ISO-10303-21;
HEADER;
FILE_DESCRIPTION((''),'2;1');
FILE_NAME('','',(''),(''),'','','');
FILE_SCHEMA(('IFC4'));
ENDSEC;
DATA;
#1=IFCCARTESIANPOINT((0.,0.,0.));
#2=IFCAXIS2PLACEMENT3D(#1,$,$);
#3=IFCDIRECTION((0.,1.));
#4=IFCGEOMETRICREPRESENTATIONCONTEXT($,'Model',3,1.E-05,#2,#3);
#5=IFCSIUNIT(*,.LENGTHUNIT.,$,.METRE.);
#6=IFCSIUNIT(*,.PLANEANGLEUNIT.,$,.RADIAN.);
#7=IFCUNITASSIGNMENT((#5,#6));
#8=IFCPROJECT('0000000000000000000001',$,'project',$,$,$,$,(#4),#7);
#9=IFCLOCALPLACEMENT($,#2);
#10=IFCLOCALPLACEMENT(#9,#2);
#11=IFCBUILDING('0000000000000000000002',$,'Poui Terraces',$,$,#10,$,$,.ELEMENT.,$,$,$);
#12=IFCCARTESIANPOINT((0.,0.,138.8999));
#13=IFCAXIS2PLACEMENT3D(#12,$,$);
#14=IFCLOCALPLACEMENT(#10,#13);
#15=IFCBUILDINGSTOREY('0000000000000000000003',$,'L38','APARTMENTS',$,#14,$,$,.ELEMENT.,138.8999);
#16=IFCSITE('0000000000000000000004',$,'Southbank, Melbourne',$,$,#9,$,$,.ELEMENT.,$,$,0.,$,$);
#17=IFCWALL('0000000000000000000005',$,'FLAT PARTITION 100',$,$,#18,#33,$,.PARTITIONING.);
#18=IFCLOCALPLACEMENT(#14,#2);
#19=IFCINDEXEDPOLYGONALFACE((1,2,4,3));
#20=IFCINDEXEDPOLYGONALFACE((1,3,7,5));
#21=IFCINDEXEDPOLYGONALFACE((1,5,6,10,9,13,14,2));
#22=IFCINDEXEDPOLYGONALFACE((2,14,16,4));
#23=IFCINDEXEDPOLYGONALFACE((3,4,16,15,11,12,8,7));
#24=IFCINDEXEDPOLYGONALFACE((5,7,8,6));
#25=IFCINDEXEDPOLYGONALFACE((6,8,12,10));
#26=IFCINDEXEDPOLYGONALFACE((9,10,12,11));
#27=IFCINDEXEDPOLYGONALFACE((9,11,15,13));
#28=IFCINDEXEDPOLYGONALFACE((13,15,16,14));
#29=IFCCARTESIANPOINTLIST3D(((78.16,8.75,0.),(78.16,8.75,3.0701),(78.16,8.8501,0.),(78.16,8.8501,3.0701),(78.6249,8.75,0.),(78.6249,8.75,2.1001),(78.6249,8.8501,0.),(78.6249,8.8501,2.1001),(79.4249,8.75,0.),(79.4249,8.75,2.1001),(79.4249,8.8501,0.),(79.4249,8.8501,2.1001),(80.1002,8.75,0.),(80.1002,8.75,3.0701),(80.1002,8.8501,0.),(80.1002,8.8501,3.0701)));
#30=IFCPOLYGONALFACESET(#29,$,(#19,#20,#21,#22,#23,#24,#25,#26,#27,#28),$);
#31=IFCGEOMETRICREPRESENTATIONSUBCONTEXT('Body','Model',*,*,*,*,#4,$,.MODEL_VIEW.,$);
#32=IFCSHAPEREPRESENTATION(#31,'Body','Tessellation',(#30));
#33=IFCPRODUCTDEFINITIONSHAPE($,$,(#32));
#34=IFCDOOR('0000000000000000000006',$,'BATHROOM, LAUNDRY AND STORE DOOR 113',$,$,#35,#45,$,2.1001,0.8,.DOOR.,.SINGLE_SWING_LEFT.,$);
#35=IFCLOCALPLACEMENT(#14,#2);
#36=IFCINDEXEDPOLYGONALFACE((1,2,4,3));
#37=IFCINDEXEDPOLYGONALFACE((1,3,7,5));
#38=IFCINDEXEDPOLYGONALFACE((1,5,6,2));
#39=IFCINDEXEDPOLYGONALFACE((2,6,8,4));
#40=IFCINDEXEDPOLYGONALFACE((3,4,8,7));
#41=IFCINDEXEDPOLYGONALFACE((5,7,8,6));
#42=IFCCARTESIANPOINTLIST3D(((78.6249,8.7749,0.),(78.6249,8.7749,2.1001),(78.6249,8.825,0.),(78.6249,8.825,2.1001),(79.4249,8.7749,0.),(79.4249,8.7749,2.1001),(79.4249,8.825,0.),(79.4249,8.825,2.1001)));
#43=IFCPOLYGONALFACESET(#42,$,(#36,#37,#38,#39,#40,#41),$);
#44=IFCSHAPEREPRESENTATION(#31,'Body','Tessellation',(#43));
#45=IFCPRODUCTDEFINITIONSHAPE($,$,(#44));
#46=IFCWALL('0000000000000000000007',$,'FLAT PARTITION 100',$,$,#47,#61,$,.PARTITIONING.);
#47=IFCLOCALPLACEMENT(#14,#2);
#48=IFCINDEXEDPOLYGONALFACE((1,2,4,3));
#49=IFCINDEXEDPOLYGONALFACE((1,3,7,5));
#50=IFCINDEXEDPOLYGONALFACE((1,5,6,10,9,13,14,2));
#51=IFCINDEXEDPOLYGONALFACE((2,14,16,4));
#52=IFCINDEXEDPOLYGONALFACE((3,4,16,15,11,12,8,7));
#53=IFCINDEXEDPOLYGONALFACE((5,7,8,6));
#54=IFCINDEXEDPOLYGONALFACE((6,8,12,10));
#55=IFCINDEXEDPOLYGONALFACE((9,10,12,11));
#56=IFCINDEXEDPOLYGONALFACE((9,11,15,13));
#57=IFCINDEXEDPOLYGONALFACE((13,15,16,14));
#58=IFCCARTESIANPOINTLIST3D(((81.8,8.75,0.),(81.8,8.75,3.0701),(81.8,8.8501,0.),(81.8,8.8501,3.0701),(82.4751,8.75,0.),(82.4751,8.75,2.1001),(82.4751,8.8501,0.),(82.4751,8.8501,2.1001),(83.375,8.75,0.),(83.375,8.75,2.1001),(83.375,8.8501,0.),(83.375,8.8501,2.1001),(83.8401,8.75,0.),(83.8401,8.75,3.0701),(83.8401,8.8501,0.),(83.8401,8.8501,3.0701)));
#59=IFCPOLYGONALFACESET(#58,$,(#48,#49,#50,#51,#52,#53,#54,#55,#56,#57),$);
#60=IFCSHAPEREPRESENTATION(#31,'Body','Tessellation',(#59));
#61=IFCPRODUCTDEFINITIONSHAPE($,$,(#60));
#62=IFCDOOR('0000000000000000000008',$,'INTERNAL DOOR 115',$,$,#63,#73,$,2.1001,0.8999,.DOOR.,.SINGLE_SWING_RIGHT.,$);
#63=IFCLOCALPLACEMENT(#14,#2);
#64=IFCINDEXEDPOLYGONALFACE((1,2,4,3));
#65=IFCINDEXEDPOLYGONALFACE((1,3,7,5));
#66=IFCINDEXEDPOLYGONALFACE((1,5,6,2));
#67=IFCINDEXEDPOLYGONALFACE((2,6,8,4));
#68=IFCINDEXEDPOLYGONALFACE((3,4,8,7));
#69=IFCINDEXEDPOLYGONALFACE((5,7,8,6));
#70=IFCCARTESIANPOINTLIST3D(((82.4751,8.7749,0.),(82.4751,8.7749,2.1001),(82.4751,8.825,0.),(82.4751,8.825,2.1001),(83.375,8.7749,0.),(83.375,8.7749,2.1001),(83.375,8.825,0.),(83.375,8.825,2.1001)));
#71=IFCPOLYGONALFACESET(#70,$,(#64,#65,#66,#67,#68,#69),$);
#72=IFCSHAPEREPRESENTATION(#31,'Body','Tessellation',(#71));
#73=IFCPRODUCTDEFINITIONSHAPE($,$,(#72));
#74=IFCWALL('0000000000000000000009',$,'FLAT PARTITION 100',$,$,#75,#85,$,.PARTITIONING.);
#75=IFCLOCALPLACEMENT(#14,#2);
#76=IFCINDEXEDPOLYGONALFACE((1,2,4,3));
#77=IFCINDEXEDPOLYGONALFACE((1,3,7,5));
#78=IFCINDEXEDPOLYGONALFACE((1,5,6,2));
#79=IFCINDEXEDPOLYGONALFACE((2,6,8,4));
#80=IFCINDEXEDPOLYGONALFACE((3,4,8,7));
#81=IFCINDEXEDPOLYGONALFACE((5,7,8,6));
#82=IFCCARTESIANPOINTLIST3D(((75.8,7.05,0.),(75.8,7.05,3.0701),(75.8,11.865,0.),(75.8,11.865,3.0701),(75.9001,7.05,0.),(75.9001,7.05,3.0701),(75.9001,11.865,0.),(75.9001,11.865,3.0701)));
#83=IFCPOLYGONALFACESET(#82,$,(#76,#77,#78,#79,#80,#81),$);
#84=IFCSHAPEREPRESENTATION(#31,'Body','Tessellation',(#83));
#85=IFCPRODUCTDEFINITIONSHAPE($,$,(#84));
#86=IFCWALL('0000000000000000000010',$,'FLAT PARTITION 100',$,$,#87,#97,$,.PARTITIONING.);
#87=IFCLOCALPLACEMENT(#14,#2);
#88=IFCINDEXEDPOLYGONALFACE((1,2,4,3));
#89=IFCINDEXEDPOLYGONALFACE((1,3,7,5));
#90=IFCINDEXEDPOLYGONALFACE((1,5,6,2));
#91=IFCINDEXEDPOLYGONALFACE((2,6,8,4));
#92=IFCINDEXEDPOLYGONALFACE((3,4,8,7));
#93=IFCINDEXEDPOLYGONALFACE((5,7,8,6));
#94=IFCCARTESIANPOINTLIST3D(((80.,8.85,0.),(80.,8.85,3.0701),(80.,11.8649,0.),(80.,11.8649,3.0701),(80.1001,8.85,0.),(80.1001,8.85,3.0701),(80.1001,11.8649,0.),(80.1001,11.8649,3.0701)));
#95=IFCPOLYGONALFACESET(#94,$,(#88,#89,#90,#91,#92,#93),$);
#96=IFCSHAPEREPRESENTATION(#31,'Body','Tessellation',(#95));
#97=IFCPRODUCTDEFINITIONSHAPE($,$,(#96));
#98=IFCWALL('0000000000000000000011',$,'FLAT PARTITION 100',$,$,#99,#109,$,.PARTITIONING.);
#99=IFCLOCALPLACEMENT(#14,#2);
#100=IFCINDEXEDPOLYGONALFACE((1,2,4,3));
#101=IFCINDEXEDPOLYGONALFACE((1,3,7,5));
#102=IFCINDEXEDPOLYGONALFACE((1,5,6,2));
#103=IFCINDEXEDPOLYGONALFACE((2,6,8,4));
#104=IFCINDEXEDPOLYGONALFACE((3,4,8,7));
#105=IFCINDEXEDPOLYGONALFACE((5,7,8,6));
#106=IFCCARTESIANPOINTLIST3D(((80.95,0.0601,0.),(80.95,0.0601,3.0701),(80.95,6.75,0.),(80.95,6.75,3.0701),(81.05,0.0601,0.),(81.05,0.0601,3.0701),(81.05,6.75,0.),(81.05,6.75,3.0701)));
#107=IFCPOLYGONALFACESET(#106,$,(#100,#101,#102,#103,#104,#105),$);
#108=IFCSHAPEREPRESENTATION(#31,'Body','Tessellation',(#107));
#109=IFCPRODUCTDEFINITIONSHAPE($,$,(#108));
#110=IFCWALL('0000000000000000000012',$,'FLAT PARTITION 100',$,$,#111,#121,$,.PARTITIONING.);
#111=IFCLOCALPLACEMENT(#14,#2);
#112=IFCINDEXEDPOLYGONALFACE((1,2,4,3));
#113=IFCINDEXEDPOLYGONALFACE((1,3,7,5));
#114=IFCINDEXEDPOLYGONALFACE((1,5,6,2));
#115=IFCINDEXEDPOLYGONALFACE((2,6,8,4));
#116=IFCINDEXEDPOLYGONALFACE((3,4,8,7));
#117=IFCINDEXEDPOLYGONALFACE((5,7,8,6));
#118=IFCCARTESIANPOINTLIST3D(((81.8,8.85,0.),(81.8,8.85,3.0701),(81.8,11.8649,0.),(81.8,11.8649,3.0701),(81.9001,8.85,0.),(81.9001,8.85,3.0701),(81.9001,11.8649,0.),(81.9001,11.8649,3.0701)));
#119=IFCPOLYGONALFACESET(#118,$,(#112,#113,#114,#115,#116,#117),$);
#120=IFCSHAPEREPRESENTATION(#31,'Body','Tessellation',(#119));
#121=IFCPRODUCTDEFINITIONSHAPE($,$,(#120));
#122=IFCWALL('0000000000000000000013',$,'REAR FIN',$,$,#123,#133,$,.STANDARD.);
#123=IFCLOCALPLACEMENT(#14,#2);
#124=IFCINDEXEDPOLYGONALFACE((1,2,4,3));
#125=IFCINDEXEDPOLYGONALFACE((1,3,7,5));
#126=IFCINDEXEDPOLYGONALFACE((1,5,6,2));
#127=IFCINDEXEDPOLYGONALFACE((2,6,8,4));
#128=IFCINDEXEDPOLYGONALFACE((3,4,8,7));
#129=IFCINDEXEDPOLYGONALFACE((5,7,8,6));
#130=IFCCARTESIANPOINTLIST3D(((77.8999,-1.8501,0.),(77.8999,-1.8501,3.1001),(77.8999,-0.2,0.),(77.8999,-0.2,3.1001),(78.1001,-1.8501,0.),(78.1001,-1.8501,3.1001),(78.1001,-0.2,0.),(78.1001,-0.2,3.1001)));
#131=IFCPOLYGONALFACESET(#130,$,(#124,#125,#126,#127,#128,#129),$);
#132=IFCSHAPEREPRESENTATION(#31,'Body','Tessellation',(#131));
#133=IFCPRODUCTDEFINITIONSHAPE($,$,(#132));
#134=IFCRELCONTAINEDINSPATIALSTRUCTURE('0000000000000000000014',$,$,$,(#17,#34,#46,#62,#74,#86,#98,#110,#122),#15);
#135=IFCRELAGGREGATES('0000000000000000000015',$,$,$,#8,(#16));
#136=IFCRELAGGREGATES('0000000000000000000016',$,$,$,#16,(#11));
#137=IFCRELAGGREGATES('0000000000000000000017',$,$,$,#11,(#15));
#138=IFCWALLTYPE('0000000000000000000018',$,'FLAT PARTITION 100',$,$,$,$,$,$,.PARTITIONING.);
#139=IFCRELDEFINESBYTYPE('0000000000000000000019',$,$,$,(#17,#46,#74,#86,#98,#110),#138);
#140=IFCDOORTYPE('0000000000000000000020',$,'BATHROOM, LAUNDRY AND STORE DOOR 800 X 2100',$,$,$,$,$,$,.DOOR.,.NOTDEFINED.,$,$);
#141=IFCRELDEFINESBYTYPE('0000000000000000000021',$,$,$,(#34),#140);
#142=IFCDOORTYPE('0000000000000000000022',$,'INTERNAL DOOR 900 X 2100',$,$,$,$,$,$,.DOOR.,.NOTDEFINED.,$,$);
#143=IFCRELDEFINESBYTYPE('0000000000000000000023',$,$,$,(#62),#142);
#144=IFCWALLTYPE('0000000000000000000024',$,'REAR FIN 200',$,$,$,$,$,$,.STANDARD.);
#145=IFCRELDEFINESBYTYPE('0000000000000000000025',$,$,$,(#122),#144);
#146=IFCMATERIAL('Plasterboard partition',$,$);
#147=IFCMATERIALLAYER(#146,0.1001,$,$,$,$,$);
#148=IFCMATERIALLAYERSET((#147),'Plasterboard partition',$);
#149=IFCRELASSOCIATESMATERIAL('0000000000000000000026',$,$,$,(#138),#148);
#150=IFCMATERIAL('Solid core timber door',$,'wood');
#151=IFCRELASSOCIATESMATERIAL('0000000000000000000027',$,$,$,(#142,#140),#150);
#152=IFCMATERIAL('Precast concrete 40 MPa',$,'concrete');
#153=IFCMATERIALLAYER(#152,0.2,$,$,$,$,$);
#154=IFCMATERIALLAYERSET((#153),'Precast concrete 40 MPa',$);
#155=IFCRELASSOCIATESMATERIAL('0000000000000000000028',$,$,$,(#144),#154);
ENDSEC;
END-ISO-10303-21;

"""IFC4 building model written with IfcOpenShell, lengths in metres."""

from ifc_helpers import new_model, si_unit, direction, frame, frame_2d, origin, place, context, subcontext, project, spatial, polyline, rectangle, outline, extrude, source, transform, mapped, material, layer, layer_set, type_object, element, fill, save


model = new_model("IFC4")

# Units and contexts
model_context = context("Model", 3, precision=1e-05, world=origin(), true_north=direction((0.0, 1.0)))
body_context = subcontext(model_context, "Body", "Model", "MODEL_VIEW")
ifc_project = project(units=[si_unit("LENGTHUNIT", "METRE"), si_unit("PLANEANGLEUNIT", "RADIAN")], contexts=[model_context])

# Site, building, storey
site_placement = place(None, origin())
site = spatial("IfcSite", under=ifc_project, at=site_placement, Name="Southbank, Melbourne", CompositionType="ELEMENT", RefElevation=0.0)
building_placement = place(site_placement, origin())
building = spatial("IfcBuilding", under=site, at=building_placement, Name="Poui Terraces", CompositionType="ELEMENT")
storey_placement = place(building_placement, frame((0.0, 0.0, 138.8999)))
storey = spatial("IfcBuildingStorey", under=building, at=storey_placement, Name="L38", Description="APARTMENTS", CompositionType="ELEMENT", Elevation=138.8999)

# Walls, openings, doors
ifc_material_1 = material(Name="Plasterboard partition")
ifc_layer_1 = layer(ifc_material_1, 0.1001)
ifc_layer_set_1 = layer_set([ifc_layer_1], Name="Plasterboard partition")
wall_type_1 = type_object("IfcWallType", Name="FLAT PARTITION 100", PredefinedType="PARTITIONING", material=ifc_layer_set_1)
ifc_material_2 = material(Name="Solid core timber door", Category="wood")
door_type_1 = type_object("IfcDoorType", Name="INTERNAL DOOR 900 X 2100", OperationType="NOTDEFINED", PredefinedType="DOOR", material=ifc_material_2)
wall_1_placement = place(storey_placement, frame((78.1599, 8.8, 0.0), z_axis=(0.0, 0.0, 1.0), x_axis=(1.0, 0.0, 0.0)))
wall_1 = element("IfcWall", 1, at=wall_1_placement, inside=storey, type_object=wall_type_1, Name="FLAT PARTITION 100", PredefinedType="PARTITIONING", context=body_context, shape_type="SweptSolid", body=[
    extrude(rectangle(XDim=1.9402, YDim=0.1001, at=frame_2d((0.9702, 0.0))), origin(), (0.0, 0.0, 1.0), 3.0701),
])
opening_1_placement = place(wall_1_placement, frame((0.4651, 0.0, 0.0)))
opening_1 = element("IfcOpeningElement", 2, at=opening_1_placement, cuts=wall_1, PredefinedType="OPENING", context=body_context, shape_type="SweptSolid", body=[
    extrude(rectangle(XDim=0.8, YDim=2.1001, at=frame_2d((0.3999, 1.05))), frame((0.0, 0.0601, 0.0), z_axis=(0.0, -1.0, 0.0), x_axis=(1.0, 0.0, 0.0)), (0.0, 0.0, 1.0), 0.1201),
])
door_type_2 = type_object("IfcDoorType", Name="BATHROOM, LAUNDRY AND STORE DOOR 800 X 2100", OperationType="NOTDEFINED", PredefinedType="DOOR", material=ifc_material_2)
door_1_placement = place(opening_1_placement, origin())
door_1 = element("IfcDoor", 3, at=door_1_placement, inside=storey, type_object=door_type_2, Name="BATHROOM, LAUNDRY AND STORE DOOR 113", OperationType="SINGLE_SWING_LEFT", OverallHeight=2.1001, OverallWidth=0.8, PredefinedType="DOOR", context=body_context, shape_type="SweptSolid", body=[
    extrude(rectangle(XDim=0.8, YDim=2.1001, at=frame_2d((0.3999, 1.05))), frame((0.0, 0.0249, 0.0), z_axis=(0.0, -1.0, 0.0), x_axis=(1.0, 0.0, 0.0)), (0.0, 0.0, 1.0), 0.05),
])
fill(opening_1, door_1)
wall_2_placement = place(storey_placement, frame((81.8, 8.8, 0.0), z_axis=(0.0, 0.0, 1.0), x_axis=(1.0, 0.0, 0.0)))
wall_2 = element("IfcWall", 4, at=wall_2_placement, inside=storey, type_object=wall_type_1, Name="FLAT PARTITION 100", PredefinedType="PARTITIONING", context=body_context, shape_type="SweptSolid", body=[
    extrude(rectangle(XDim=2.04, YDim=0.1001, at=frame_2d((1.02, 0.0))), origin(), (0.0, 0.0, 1.0), 3.0701),
])
opening_2_placement = place(wall_2_placement, frame((0.675, 0.0, 0.0)))
opening_2 = element("IfcOpeningElement", 5, at=opening_2_placement, cuts=wall_2, PredefinedType="OPENING", context=body_context, shape_type="SweptSolid", body=[
    extrude(rectangle(XDim=0.8999, YDim=2.1001, at=frame_2d((0.45, 1.05))), frame((0.0, 0.0601, 0.0), z_axis=(0.0, -1.0, 0.0), x_axis=(1.0, 0.0, 0.0)), (0.0, 0.0, 1.0), 0.1201),
])
door_2_placement = place(opening_2_placement, origin())
door_2 = element("IfcDoor", 6, at=door_2_placement, inside=storey, type_object=door_type_1, Name="INTERNAL DOOR 115", OperationType="SINGLE_SWING_RIGHT", OverallHeight=2.1001, OverallWidth=0.8999, PredefinedType="DOOR", context=body_context, shape_type="SweptSolid", body=[
    extrude(rectangle(XDim=0.8999, YDim=2.1001, at=frame_2d((0.45, 1.05))), frame((0.0, 0.0249, 0.0), z_axis=(0.0, -1.0, 0.0), x_axis=(1.0, 0.0, 0.0)), (0.0, 0.0, 1.0), 0.05),
])
fill(opening_2, door_2)

# Walls
wall_3_placement = place(storey_placement, frame((75.8501, 7.05, 0.0), z_axis=(0.0, 0.0, 1.0), x_axis=(0.0, 1.0, 0.0)))
element("IfcWall", 7, at=wall_3_placement, inside=storey, type_object=wall_type_1, Name="FLAT PARTITION 100", PredefinedType="PARTITIONING", context=body_context, shape_type="SweptSolid", body=[
    extrude(rectangle(XDim=4.8149, YDim=0.1001, at=frame_2d((2.4075, 0.0))), origin(), (0.0, 0.0, 1.0), 3.0701),
])
wall_4_placement = place(storey_placement, frame((80.05, 8.8501, 0.0), z_axis=(0.0, 0.0, 1.0), x_axis=(0.0, 1.0, 0.0)))
element("IfcWall", 8, at=wall_4_placement, inside=storey, type_object=wall_type_1, Name="FLAT PARTITION 100", PredefinedType="PARTITIONING", context=body_context, shape_type="SweptSolid", body=[
    extrude(rectangle(XDim=3.0149, YDim=0.1001, at=frame_2d((1.5073, 0.0))), origin(), (0.0, 0.0, 1.0), 3.0701),
])
wall_5_placement = place(storey_placement, frame((81.0, 0.0601, 0.0), z_axis=(0.0, 0.0, 1.0), x_axis=(0.0, 1.0, 0.0)))
element("IfcWall", 9, at=wall_5_placement, inside=storey, type_object=wall_type_1, Name="FLAT PARTITION 100", PredefinedType="PARTITIONING", context=body_context, shape_type="SweptSolid", body=[
    extrude(rectangle(XDim=6.6899, YDim=0.1001, at=frame_2d((3.345, 0.0))), origin(), (0.0, 0.0, 1.0), 3.0701),
])
wall_6_placement = place(storey_placement, frame((81.8501, 8.8501, 0.0), z_axis=(0.0, 0.0, 1.0), x_axis=(0.0, 1.0, 0.0)))
element("IfcWall", 10, at=wall_6_placement, inside=storey, type_object=wall_type_1, Name="FLAT PARTITION 100", PredefinedType="PARTITIONING", context=body_context, shape_type="SweptSolid", body=[
    extrude(rectangle(XDim=3.0149, YDim=0.1001, at=frame_2d((1.5073, 0.0))), origin(), (0.0, 0.0, 1.0), 3.0701),
])
ifc_material_3 = material(Name="Precast concrete 40 MPa", Category="concrete")
ifc_layer_2 = layer(ifc_material_3, 0.2)
ifc_layer_set_2 = layer_set([ifc_layer_2], Name="Precast concrete 40 MPa")
wall_type_2 = type_object("IfcWallType", Name="REAR FIN 200", PredefinedType="STANDARD", material=ifc_layer_set_2)
shared_shape = source(origin(), body_context, "Body", "SweptSolid", [
    extrude(outline(polyline([(0.0, 0.0), (0.2002, 0.0), (0.2002, 1.6501), (0.0, 1.6501), (0.0, 0.0)])), origin(), (0.0, 0.0, 1.0), 3.1001),
])
wall_7_placement = place(storey_placement, frame((77.8999, -1.8501, 0.0)))
element("IfcWall", 11, at=wall_7_placement, inside=storey, type_object=wall_type_2, Name="REAR FIN", PredefinedType="STANDARD", context=body_context, shape_type="MappedRepresentation", body=[
    mapped(shared_shape, transform((0.0, 0.0, 0.0))),
])

save(model, "model.ifc")
